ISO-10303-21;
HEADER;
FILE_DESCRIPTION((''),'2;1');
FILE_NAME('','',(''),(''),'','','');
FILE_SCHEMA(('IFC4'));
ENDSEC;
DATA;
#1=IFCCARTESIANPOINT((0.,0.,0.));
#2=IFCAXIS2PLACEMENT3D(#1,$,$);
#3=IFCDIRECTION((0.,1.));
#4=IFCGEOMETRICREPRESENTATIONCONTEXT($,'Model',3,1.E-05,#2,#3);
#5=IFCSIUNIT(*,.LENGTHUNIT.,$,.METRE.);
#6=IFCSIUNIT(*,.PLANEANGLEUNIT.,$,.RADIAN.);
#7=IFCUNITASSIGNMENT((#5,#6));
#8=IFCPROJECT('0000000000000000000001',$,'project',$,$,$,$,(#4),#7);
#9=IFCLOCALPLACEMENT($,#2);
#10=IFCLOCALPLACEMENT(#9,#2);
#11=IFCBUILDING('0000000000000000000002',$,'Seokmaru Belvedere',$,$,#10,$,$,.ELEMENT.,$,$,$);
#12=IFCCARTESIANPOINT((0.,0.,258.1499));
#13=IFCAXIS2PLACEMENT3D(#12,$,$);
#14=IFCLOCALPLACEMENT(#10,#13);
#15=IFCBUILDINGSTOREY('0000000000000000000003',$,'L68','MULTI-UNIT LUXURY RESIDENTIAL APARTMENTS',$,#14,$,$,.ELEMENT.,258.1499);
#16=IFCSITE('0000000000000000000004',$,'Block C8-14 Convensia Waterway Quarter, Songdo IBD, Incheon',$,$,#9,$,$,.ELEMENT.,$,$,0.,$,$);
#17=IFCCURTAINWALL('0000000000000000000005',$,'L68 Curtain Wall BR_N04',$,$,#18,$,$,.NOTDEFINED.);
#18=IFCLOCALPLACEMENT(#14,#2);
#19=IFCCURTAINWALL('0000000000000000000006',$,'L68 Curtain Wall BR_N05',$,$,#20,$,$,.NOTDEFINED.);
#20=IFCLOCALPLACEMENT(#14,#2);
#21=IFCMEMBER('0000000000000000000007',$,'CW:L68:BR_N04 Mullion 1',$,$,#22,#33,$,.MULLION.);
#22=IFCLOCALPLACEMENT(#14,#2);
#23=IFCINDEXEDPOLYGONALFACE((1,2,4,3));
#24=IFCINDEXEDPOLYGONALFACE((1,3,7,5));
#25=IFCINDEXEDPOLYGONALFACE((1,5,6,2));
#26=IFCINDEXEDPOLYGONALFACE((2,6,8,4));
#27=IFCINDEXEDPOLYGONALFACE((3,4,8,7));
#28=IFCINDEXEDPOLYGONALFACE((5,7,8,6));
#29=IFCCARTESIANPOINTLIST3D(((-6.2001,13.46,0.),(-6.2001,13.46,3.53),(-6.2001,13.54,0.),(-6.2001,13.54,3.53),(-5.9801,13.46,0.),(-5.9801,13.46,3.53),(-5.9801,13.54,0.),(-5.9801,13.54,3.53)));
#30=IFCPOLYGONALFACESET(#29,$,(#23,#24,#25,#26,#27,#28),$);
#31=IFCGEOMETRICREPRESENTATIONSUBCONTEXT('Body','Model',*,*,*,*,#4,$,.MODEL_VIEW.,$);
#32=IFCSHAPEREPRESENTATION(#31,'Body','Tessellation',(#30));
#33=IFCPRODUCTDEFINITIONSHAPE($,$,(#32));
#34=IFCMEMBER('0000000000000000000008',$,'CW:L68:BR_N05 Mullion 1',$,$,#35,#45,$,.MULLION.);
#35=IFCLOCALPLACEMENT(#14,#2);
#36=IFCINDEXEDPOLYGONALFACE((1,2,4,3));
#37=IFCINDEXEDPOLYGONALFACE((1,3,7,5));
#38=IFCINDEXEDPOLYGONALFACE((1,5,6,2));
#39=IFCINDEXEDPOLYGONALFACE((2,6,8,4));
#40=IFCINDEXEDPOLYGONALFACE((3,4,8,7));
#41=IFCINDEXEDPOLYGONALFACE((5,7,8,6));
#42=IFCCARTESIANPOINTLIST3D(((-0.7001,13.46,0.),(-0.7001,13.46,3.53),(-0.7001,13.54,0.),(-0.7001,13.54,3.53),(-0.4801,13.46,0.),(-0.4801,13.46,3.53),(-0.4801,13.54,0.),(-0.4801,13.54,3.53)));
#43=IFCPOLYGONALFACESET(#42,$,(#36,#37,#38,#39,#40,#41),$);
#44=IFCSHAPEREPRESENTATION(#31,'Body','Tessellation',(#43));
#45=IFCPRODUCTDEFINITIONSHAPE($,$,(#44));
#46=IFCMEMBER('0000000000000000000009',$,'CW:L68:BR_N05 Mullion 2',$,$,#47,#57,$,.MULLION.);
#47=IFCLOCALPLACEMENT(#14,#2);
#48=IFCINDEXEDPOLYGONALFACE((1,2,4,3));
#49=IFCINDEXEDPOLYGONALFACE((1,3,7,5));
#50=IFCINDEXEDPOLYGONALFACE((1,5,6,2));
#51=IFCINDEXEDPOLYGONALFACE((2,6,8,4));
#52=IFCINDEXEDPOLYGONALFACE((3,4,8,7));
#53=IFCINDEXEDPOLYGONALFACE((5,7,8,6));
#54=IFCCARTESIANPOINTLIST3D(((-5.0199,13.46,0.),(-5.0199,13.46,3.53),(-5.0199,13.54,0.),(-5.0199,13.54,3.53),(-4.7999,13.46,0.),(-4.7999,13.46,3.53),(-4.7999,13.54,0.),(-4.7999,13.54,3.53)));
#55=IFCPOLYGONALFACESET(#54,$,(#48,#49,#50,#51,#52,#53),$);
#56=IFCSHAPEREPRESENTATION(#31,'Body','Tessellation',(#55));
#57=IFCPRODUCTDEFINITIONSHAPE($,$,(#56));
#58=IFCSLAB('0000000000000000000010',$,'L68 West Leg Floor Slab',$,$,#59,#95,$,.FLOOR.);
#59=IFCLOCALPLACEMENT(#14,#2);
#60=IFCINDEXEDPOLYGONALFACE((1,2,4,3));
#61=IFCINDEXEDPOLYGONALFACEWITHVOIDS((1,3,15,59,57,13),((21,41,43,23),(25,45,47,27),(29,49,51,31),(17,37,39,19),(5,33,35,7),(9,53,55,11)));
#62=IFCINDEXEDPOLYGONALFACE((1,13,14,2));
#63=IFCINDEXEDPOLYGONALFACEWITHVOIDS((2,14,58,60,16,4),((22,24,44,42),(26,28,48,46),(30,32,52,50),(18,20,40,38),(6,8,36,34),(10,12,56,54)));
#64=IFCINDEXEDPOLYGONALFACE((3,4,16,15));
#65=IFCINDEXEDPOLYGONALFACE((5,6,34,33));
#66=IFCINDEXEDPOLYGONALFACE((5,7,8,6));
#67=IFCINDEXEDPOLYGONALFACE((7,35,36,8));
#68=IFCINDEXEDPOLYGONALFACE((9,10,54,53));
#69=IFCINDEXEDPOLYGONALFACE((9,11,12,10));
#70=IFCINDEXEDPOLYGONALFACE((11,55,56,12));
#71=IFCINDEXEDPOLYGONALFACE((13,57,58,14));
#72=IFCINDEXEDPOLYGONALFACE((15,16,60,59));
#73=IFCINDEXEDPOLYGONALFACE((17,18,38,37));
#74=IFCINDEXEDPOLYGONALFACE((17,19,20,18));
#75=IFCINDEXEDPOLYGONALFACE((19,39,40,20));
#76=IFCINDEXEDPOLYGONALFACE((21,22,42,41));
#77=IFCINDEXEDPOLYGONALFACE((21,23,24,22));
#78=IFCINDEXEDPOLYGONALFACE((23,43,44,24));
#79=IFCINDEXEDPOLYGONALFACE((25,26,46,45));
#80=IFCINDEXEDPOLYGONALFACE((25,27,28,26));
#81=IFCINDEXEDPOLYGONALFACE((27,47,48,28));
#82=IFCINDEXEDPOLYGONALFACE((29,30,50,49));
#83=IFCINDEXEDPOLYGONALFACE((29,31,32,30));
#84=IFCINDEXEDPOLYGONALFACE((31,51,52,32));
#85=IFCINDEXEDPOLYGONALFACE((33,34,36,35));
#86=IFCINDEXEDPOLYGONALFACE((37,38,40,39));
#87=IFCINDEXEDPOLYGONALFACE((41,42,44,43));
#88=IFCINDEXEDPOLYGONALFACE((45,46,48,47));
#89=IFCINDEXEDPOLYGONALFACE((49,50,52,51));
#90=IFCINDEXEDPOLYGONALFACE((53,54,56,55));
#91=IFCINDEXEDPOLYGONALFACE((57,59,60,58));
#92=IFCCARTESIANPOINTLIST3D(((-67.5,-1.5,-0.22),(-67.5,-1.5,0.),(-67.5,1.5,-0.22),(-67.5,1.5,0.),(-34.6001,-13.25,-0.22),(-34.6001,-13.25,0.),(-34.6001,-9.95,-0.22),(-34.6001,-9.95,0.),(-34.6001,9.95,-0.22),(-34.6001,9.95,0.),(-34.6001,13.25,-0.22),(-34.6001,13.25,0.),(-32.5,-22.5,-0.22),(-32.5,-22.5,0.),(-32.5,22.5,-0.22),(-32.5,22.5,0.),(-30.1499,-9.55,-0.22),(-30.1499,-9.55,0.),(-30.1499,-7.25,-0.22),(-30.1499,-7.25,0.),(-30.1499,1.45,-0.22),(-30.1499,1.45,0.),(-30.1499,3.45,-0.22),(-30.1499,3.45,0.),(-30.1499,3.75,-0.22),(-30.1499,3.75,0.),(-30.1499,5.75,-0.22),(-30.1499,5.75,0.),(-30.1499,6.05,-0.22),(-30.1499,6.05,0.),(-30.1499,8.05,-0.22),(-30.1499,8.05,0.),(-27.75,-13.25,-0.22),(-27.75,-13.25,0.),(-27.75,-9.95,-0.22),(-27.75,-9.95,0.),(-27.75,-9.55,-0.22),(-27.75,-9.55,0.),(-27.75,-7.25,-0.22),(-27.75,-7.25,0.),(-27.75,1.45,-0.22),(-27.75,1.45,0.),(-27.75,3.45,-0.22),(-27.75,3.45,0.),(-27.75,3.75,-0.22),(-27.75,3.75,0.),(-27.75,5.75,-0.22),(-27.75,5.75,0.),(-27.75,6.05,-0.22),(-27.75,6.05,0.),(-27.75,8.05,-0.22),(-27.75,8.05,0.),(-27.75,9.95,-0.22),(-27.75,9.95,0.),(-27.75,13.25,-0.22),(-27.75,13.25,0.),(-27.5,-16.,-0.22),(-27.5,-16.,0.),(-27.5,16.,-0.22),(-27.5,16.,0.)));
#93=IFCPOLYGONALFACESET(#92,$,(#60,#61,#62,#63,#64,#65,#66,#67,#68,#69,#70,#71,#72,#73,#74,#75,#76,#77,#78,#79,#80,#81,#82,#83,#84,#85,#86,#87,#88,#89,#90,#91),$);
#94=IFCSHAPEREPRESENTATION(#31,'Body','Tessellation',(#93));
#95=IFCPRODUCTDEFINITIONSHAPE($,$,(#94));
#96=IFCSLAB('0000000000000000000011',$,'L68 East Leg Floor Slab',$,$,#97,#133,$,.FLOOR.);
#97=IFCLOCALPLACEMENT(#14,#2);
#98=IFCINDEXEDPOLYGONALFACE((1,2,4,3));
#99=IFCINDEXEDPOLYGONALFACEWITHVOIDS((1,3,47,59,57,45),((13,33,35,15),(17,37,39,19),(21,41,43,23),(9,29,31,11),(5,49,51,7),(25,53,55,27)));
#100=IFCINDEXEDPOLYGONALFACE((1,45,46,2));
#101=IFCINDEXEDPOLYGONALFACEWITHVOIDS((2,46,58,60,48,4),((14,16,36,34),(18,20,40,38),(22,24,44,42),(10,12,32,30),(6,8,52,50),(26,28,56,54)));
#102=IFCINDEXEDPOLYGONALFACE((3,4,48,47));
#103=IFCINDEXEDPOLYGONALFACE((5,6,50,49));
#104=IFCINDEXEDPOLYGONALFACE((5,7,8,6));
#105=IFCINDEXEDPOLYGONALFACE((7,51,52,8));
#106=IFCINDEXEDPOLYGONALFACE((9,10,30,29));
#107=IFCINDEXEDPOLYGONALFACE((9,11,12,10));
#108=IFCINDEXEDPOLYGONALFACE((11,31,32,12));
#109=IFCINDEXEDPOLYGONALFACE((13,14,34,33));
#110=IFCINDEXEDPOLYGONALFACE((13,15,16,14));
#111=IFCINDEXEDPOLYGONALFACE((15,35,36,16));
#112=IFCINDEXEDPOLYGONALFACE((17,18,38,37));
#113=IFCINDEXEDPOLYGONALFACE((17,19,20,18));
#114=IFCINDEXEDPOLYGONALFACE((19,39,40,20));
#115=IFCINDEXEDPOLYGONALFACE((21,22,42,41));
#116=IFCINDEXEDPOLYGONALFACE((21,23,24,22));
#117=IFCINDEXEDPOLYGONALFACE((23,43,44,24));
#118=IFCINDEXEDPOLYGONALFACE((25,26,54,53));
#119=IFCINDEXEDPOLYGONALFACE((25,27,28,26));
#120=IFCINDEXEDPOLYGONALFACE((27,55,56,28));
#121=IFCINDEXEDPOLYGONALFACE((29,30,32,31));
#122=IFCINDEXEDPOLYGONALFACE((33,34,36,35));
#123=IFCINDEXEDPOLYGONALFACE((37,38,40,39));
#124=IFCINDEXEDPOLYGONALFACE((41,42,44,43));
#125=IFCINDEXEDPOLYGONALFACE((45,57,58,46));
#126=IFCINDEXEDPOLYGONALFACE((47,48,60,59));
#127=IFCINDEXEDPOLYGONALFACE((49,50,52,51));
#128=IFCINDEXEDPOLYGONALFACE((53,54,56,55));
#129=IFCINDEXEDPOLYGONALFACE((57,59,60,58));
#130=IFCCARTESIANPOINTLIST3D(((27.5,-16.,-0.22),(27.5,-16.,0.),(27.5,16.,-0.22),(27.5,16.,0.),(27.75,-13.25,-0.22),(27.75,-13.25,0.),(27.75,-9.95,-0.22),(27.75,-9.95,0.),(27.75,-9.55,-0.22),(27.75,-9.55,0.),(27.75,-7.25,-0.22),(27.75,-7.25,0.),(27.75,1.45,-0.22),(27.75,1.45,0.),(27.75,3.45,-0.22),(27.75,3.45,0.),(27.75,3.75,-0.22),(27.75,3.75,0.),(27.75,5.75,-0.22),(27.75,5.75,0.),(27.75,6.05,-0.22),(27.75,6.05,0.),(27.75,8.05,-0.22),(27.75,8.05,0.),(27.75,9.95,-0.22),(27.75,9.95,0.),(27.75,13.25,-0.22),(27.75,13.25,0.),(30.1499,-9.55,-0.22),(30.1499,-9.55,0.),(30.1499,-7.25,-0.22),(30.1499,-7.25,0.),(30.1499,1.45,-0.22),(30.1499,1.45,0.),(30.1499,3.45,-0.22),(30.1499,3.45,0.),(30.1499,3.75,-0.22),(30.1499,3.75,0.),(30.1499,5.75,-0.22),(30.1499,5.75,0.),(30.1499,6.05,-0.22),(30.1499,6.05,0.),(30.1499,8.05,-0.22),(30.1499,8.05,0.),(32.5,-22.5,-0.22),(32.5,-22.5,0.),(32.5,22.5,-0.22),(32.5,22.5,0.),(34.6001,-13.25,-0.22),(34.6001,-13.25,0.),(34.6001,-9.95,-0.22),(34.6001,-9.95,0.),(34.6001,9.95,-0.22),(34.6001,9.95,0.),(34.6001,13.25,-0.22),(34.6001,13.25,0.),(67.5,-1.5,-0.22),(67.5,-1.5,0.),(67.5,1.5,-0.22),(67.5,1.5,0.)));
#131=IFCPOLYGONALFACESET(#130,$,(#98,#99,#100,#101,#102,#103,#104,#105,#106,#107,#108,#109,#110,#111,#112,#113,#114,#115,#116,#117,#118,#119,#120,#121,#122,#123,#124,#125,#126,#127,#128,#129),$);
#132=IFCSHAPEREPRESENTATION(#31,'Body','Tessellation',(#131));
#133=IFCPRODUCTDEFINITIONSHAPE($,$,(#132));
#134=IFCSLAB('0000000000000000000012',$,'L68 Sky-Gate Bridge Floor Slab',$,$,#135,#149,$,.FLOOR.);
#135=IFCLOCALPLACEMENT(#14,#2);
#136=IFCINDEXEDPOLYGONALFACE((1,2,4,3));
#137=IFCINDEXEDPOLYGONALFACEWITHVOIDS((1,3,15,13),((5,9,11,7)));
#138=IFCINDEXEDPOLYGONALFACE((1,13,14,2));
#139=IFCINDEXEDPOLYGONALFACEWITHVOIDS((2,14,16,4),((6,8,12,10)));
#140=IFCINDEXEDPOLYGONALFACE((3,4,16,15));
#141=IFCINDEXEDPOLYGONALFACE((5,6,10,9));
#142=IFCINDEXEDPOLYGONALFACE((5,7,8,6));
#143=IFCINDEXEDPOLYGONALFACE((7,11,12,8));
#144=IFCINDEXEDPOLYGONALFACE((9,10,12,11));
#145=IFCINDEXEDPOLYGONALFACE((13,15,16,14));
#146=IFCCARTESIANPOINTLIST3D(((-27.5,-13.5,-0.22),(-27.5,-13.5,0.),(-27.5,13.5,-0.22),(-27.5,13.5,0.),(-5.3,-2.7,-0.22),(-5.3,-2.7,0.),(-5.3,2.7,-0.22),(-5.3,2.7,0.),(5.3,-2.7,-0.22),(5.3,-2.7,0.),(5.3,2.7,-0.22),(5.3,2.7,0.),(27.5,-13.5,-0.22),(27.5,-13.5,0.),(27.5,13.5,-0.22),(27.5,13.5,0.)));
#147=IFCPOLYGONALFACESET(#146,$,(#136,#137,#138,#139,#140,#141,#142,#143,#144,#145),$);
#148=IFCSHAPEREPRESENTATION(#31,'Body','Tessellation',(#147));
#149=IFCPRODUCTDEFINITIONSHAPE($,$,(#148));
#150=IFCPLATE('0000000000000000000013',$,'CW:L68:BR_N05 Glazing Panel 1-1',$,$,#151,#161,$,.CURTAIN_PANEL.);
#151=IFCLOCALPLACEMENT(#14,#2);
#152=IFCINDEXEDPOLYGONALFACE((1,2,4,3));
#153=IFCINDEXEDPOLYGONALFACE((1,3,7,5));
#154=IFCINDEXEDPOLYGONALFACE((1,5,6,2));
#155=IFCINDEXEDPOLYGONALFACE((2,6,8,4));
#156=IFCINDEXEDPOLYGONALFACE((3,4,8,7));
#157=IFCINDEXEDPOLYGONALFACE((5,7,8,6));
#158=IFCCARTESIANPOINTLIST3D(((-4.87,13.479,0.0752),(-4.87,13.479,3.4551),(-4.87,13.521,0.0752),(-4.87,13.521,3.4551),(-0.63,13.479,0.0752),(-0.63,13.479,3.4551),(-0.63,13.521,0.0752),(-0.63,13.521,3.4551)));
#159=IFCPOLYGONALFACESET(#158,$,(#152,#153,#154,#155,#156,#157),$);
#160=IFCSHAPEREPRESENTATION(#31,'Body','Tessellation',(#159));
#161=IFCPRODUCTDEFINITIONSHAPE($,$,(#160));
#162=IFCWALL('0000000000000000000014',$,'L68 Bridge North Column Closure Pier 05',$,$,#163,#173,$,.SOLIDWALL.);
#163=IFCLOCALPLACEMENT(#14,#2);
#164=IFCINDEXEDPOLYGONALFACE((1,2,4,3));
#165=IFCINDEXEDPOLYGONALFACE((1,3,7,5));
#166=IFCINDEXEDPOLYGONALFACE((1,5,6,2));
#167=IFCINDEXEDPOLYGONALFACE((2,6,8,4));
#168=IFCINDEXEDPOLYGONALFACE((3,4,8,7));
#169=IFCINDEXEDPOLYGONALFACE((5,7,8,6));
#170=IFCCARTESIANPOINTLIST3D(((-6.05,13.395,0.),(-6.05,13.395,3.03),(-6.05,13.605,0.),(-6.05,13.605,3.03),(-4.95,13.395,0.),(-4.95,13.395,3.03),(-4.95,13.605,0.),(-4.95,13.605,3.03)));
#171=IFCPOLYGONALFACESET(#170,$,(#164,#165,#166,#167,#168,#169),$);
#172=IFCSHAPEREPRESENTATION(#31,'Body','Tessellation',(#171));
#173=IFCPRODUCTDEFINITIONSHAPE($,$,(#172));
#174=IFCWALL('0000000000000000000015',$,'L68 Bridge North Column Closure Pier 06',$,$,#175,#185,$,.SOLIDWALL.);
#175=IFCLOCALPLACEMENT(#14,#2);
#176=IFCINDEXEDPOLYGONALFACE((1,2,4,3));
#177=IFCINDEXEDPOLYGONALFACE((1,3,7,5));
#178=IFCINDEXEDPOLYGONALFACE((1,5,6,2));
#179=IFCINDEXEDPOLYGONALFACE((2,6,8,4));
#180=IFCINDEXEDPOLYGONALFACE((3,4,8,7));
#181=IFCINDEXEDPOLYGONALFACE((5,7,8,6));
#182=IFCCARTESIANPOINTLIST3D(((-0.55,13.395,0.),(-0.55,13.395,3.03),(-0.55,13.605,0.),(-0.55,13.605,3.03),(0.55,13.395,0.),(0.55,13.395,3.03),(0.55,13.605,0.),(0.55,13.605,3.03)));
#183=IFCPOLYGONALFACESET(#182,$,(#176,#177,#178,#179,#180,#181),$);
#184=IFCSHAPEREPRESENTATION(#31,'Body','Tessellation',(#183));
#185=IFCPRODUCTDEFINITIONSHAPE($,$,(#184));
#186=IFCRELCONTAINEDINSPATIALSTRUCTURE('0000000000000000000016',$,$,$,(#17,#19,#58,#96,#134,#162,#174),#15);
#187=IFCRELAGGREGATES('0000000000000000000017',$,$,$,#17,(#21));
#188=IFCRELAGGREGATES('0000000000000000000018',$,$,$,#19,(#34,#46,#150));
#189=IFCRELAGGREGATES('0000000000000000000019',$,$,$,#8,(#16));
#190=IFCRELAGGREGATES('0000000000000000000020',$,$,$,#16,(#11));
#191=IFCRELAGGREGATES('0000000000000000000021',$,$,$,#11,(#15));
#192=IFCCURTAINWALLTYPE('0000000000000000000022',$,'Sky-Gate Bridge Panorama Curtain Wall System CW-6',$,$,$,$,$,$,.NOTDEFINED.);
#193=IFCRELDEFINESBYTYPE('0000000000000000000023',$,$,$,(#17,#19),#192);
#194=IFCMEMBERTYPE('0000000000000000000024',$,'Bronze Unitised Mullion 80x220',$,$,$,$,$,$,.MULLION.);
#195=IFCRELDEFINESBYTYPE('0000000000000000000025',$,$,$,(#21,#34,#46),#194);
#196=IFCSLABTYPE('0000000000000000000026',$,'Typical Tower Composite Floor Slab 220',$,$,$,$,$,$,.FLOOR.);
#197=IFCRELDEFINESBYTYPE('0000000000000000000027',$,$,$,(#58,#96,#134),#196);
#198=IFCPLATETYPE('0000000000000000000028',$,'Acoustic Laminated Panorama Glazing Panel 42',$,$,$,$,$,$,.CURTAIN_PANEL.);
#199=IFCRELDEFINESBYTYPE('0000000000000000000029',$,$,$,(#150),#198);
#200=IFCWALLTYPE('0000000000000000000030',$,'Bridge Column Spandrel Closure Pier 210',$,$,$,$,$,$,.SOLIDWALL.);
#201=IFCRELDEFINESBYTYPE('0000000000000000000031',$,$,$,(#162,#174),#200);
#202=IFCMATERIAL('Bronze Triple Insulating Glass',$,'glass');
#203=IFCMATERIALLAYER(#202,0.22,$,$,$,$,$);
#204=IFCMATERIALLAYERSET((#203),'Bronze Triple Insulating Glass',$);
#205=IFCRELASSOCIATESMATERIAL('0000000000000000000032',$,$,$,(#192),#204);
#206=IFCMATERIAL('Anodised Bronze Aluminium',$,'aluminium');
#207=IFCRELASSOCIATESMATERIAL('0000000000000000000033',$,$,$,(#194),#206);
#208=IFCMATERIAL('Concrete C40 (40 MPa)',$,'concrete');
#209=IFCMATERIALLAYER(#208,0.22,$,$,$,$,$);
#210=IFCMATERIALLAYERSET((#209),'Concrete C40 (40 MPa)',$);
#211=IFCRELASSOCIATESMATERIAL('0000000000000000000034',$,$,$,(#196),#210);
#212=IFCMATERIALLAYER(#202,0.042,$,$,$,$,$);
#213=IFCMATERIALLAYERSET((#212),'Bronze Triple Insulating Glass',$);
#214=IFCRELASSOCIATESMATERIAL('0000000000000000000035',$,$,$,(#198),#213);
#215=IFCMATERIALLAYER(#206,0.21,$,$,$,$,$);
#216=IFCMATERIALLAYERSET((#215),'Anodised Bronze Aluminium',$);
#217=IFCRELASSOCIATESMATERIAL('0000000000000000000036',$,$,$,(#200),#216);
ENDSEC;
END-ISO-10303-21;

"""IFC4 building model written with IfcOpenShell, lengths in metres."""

from ifc_helpers import new_model, si_unit, direction, frame, frame_2d, origin, origin_2d, place, context, subcontext, project, spatial, polyline, rectangle, outline, extrude, source, transform, mapped, material, layer, layer_set, material_profile, profile_set, type_object, type_shapes, element, aggregate, save


model = new_model("IFC4")

# Units and contexts
model_context = context("Model", 3, precision=1e-05, world=origin(), true_north=direction((0.0, 1.0)))
body_context = subcontext(model_context, "Body", "Model", "MODEL_VIEW")
ifc_project = project(units=[si_unit("LENGTHUNIT", "METRE"), si_unit("PLANEANGLEUNIT", "RADIAN")], contexts=[model_context])

# Site, building, storey
site_placement = place(None, origin())
site = spatial("IfcSite", under=ifc_project, at=site_placement, Name="Block C8-14 Convensia Waterway Quarter, Songdo IBD, Incheon", CompositionType="ELEMENT", RefElevation=0.0)
building_placement = place(site_placement, origin())
building = spatial("IfcBuilding", under=site, at=building_placement, Name="Seokmaru Belvedere", CompositionType="ELEMENT")
storey_placement = place(building_placement, frame((0.0, 0.0, 258.1499)))
storey = spatial("IfcBuildingStorey", under=building, at=storey_placement, Name="L68", Description="MULTI-UNIT LUXURY RESIDENTIAL APARTMENTS", CompositionType="ELEMENT", Elevation=258.1499)

# Curtain wall
ifc_material_1 = material(Name="Bronze Triple Insulating Glass", Category="glass")
ifc_layer_1 = layer(ifc_material_1, 0.22)
ifc_layer_set_1 = layer_set([ifc_layer_1], Name="Bronze Triple Insulating Glass")
curtain_wall_type = type_object("IfcCurtainWallType", Name="Sky-Gate Bridge Panorama Curtain Wall System CW-6", PredefinedType="NOTDEFINED", material=ifc_layer_set_1)
curtain_wall_1_placement = place(storey_placement, origin())
curtain_wall_1 = element("IfcCurtainWall", 1, at=curtain_wall_1_placement, inside=storey, type_object=curtain_wall_type, Name="L68 Curtain Wall BR_N04", PredefinedType="NOTDEFINED")
ifc_material_2 = material(Name="Anodised Bronze Aluminium", Category="aluminium")

# Curtain wall
curtain_wall_2_placement = place(storey_placement, origin())
curtain_wall_2 = element("IfcCurtainWall", 2, at=curtain_wall_2_placement, inside=storey, type_object=curtain_wall_type, Name="L68 Curtain Wall BR_N05", PredefinedType="NOTDEFINED")

# Members
ifc_material_profile_1 = material_profile(ifc_material_2, rectangle(XDim=0.0801, YDim=0.22, at=origin_2d()), Name="CW-M-80x220")
ifc_profile_set_1 = profile_set([ifc_material_profile_1], Name="Anodised Bronze Aluminium")
member_type_1 = type_object("IfcMemberType", Name="Bronze Unitised Mullion 80x220", PredefinedType="MULLION", material=ifc_profile_set_1)
shared_shape_1 = source(origin(), body_context, "Body", "SweptSolid", [
    extrude(rectangle(XDim=0.0801, YDim=0.22, at=origin_2d()), origin(), (0.0, 0.0, 1.0), 3.53),
])
type_shapes(member_type_1, [shared_shape_1])
member_1_placement = place(storey_placement, frame((-6.0901, 13.5, 0.0), z_axis=(0.0, 0.0, 1.0), x_axis=(0.0, -1.0, 0.0)))
member_1 = element("IfcMember", 3, at=member_1_placement, type_object=member_type_1, Name="CW:L68:BR_N04 Mullion 1", PredefinedType="MULLION", context=body_context, shape_type="MappedRepresentation", body=[
    mapped(shared_shape_1, transform((0.0, 0.0, 0.0), scale=1.0)),
])
aggregate(curtain_wall_1, [member_1])
member_2_placement = place(storey_placement, frame((-0.5901, 13.5, 0.0), z_axis=(0.0, 0.0, 1.0), x_axis=(0.0, -1.0, 0.0)))
member_2 = element("IfcMember", 4, at=member_2_placement, type_object=member_type_1, Name="CW:L68:BR_N05 Mullion 1", PredefinedType="MULLION", context=body_context, shape_type="MappedRepresentation", body=[
    mapped(shared_shape_1, transform((0.0, 0.0, 0.0), scale=1.0)),
])
member_3_placement = place(storey_placement, frame((-4.9099, 13.5, 0.0), z_axis=(0.0, 0.0, 1.0), x_axis=(0.0, -1.0, 0.0)))
member_3 = element("IfcMember", 5, at=member_3_placement, type_object=member_type_1, Name="CW:L68:BR_N05 Mullion 2", PredefinedType="MULLION", context=body_context, shape_type="MappedRepresentation", body=[
    mapped(shared_shape_1, transform((0.0, 0.0, 0.0), scale=1.0)),
])

# Slabs
ifc_material_3 = material(Name="Concrete C40 (40 MPa)", Category="concrete")
ifc_layer_2 = layer(ifc_material_3, 0.22)
ifc_layer_set_2 = layer_set([ifc_layer_2], Name="Concrete C40 (40 MPa)")
slab_type = type_object("IfcSlabType", Name="Typical Tower Composite Floor Slab 220", PredefinedType="FLOOR", material=ifc_layer_set_2)
slab_1_placement = place(storey_placement, frame((0.0, 0.0, -0.22)))
element("IfcSlab", 6, at=slab_1_placement, inside=storey, type_object=slab_type, Name="L68 West Leg Floor Slab", PredefinedType="FLOOR", context=body_context, shape_type="SweptSolid", body=[
    extrude(outline(polyline([(-27.5, -16.0), (-27.5, 16.0), (-32.5, 22.5), (-67.5, 1.5), (-67.5, -1.5), (-32.5, -22.5), (-27.5, -16.0)]), holes=[polyline([(-34.6001, -13.25), (-27.75, -13.25), (-27.75, -9.95), (-34.6001, -9.95), (-34.6001, -13.25)]), polyline([(-34.6001, 9.95), (-27.75, 9.95), (-27.75, 13.25), (-34.6001, 13.25), (-34.6001, 9.95)]), polyline([(-30.1499, -9.55), (-27.75, -9.55), (-27.75, -7.25), (-30.1499, -7.25), (-30.1499, -9.55)]), polyline([(-30.1499, 1.45), (-27.75, 1.45), (-27.75, 3.45), (-30.1499, 3.45), (-30.1499, 1.45)]), polyline([(-30.1499, 3.75), (-27.75, 3.75), (-27.75, 5.75), (-30.1499, 5.75), (-30.1499, 3.75)]), polyline([(-30.1499, 6.05), (-27.75, 6.05), (-27.75, 8.05), (-30.1499, 8.05), (-30.1499, 6.05)])]), origin(), (0.0, 0.0, 1.0), 0.22),
])
slab_2_placement = place(storey_placement, frame((0.0, 0.0, -0.22)))
element("IfcSlab", 7, at=slab_2_placement, inside=storey, type_object=slab_type, Name="L68 East Leg Floor Slab", PredefinedType="FLOOR", context=body_context, shape_type="SweptSolid", body=[
    extrude(outline(polyline([(32.5, -22.5), (67.5, -1.5), (67.5, 1.5), (32.5, 22.5), (27.5, 16.0), (27.5, -16.0), (32.5, -22.5)]), holes=[polyline([(27.75, -13.25), (34.6001, -13.25), (34.6001, -9.95), (27.75, -9.95), (27.75, -13.25)]), polyline([(27.75, 9.95), (34.6001, 9.95), (34.6001, 13.25), (27.75, 13.25), (27.75, 9.95)]), polyline([(27.75, -9.55), (30.1499, -9.55), (30.1499, -7.25), (27.75, -7.25), (27.75, -9.55)]), polyline([(27.75, 1.45), (30.1499, 1.45), (30.1499, 3.45), (27.75, 3.45), (27.75, 1.45)]), polyline([(27.75, 3.75), (30.1499, 3.75), (30.1499, 5.75), (27.75, 5.75), (27.75, 3.75)]), polyline([(27.75, 6.05), (30.1499, 6.05), (30.1499, 8.05), (27.75, 8.05), (27.75, 6.05)])]), origin(), (0.0, 0.0, 1.0), 0.22),
])
slab_3_placement = place(storey_placement, frame((0.0, 0.0, -0.22)))
element("IfcSlab", 8, at=slab_3_placement, inside=storey, type_object=slab_type, Name="L68 Sky-Gate Bridge Floor Slab", PredefinedType="FLOOR", context=body_context, shape_type="SweptSolid", body=[
    extrude(outline(polyline([(-27.5, -13.5), (27.5, -13.5), (27.5, 13.5), (-27.5, 13.5), (-27.5, -13.5)]), holes=[polyline([(-5.3, -2.7), (5.3, -2.7), (5.3, 2.7), (-5.3, 2.7), (-5.3, -2.7)])]), origin(), (0.0, 0.0, 1.0), 0.22),
])

# Plate
ifc_layer_3 = layer(ifc_material_1, 0.042)
ifc_layer_set_3 = layer_set([ifc_layer_3], Name="Bronze Triple Insulating Glass")
plate_type = type_object("IfcPlateType", Name="Acoustic Laminated Panorama Glazing Panel 42", PredefinedType="CURTAIN_PANEL", material=ifc_layer_set_3)
shared_shape_2 = source(origin(), body_context, "Body", "SweptSolid", [
    extrude(rectangle(XDim=4.24, YDim=0.042, at=origin_2d()), origin(), (0.0, 0.0, 1.0), 3.3799),
])
type_shapes(plate_type, [shared_shape_2])
plate_placement = place(storey_placement, frame((-2.75, 13.5, 0.0752), z_axis=(0.0, 0.0, 1.0), x_axis=(-1.0, 0.0, 0.0)))
plate = element("IfcPlate", 9, at=plate_placement, type_object=plate_type, Name="CW:L68:BR_N05 Glazing Panel 1-1", PredefinedType="CURTAIN_PANEL", context=body_context, shape_type="MappedRepresentation", body=[
    mapped(shared_shape_2, transform((0.0, 0.0, 0.0), scale=1.0)),
])
aggregate(curtain_wall_2, [member_2, member_3, plate])

# Walls
ifc_layer_4 = layer(ifc_material_2, 0.21)
ifc_layer_set_4 = layer_set([ifc_layer_4], Name="Anodised Bronze Aluminium")
wall_type_1 = type_object("IfcWallType", Name="Bridge Column Spandrel Closure Pier 210", PredefinedType="SOLIDWALL", material=ifc_layer_set_4)
for number, where, z_axis, x_axis, name in (
    (10, (-6.05, 13.5, 0.0), (0.0, 0.0, 1.0), (1.0, 0.0, 0.0), "L68 Bridge North Column Closure Pier 05"),
    (11, (-0.55, 13.5, 0.0), (0.0, 0.0, 1.0), (1.0, 0.0, 0.0), "L68 Bridge North Column Closure Pier 06"),
):
    element("IfcWall", number, at=place(storey_placement, frame(where, z_axis=z_axis, x_axis=x_axis)), inside=storey, type_object=wall_type_1, Name=name, PredefinedType="SOLIDWALL", context=body_context, shape_type="SweptSolid", body=[
        extrude(rectangle(XDim=1.1001, YDim=0.21, at=frame_2d((0.55, 0.0))), origin(), (0.0, 0.0, 1.0), 3.03),
    ])

save(model, "model.ifc")
